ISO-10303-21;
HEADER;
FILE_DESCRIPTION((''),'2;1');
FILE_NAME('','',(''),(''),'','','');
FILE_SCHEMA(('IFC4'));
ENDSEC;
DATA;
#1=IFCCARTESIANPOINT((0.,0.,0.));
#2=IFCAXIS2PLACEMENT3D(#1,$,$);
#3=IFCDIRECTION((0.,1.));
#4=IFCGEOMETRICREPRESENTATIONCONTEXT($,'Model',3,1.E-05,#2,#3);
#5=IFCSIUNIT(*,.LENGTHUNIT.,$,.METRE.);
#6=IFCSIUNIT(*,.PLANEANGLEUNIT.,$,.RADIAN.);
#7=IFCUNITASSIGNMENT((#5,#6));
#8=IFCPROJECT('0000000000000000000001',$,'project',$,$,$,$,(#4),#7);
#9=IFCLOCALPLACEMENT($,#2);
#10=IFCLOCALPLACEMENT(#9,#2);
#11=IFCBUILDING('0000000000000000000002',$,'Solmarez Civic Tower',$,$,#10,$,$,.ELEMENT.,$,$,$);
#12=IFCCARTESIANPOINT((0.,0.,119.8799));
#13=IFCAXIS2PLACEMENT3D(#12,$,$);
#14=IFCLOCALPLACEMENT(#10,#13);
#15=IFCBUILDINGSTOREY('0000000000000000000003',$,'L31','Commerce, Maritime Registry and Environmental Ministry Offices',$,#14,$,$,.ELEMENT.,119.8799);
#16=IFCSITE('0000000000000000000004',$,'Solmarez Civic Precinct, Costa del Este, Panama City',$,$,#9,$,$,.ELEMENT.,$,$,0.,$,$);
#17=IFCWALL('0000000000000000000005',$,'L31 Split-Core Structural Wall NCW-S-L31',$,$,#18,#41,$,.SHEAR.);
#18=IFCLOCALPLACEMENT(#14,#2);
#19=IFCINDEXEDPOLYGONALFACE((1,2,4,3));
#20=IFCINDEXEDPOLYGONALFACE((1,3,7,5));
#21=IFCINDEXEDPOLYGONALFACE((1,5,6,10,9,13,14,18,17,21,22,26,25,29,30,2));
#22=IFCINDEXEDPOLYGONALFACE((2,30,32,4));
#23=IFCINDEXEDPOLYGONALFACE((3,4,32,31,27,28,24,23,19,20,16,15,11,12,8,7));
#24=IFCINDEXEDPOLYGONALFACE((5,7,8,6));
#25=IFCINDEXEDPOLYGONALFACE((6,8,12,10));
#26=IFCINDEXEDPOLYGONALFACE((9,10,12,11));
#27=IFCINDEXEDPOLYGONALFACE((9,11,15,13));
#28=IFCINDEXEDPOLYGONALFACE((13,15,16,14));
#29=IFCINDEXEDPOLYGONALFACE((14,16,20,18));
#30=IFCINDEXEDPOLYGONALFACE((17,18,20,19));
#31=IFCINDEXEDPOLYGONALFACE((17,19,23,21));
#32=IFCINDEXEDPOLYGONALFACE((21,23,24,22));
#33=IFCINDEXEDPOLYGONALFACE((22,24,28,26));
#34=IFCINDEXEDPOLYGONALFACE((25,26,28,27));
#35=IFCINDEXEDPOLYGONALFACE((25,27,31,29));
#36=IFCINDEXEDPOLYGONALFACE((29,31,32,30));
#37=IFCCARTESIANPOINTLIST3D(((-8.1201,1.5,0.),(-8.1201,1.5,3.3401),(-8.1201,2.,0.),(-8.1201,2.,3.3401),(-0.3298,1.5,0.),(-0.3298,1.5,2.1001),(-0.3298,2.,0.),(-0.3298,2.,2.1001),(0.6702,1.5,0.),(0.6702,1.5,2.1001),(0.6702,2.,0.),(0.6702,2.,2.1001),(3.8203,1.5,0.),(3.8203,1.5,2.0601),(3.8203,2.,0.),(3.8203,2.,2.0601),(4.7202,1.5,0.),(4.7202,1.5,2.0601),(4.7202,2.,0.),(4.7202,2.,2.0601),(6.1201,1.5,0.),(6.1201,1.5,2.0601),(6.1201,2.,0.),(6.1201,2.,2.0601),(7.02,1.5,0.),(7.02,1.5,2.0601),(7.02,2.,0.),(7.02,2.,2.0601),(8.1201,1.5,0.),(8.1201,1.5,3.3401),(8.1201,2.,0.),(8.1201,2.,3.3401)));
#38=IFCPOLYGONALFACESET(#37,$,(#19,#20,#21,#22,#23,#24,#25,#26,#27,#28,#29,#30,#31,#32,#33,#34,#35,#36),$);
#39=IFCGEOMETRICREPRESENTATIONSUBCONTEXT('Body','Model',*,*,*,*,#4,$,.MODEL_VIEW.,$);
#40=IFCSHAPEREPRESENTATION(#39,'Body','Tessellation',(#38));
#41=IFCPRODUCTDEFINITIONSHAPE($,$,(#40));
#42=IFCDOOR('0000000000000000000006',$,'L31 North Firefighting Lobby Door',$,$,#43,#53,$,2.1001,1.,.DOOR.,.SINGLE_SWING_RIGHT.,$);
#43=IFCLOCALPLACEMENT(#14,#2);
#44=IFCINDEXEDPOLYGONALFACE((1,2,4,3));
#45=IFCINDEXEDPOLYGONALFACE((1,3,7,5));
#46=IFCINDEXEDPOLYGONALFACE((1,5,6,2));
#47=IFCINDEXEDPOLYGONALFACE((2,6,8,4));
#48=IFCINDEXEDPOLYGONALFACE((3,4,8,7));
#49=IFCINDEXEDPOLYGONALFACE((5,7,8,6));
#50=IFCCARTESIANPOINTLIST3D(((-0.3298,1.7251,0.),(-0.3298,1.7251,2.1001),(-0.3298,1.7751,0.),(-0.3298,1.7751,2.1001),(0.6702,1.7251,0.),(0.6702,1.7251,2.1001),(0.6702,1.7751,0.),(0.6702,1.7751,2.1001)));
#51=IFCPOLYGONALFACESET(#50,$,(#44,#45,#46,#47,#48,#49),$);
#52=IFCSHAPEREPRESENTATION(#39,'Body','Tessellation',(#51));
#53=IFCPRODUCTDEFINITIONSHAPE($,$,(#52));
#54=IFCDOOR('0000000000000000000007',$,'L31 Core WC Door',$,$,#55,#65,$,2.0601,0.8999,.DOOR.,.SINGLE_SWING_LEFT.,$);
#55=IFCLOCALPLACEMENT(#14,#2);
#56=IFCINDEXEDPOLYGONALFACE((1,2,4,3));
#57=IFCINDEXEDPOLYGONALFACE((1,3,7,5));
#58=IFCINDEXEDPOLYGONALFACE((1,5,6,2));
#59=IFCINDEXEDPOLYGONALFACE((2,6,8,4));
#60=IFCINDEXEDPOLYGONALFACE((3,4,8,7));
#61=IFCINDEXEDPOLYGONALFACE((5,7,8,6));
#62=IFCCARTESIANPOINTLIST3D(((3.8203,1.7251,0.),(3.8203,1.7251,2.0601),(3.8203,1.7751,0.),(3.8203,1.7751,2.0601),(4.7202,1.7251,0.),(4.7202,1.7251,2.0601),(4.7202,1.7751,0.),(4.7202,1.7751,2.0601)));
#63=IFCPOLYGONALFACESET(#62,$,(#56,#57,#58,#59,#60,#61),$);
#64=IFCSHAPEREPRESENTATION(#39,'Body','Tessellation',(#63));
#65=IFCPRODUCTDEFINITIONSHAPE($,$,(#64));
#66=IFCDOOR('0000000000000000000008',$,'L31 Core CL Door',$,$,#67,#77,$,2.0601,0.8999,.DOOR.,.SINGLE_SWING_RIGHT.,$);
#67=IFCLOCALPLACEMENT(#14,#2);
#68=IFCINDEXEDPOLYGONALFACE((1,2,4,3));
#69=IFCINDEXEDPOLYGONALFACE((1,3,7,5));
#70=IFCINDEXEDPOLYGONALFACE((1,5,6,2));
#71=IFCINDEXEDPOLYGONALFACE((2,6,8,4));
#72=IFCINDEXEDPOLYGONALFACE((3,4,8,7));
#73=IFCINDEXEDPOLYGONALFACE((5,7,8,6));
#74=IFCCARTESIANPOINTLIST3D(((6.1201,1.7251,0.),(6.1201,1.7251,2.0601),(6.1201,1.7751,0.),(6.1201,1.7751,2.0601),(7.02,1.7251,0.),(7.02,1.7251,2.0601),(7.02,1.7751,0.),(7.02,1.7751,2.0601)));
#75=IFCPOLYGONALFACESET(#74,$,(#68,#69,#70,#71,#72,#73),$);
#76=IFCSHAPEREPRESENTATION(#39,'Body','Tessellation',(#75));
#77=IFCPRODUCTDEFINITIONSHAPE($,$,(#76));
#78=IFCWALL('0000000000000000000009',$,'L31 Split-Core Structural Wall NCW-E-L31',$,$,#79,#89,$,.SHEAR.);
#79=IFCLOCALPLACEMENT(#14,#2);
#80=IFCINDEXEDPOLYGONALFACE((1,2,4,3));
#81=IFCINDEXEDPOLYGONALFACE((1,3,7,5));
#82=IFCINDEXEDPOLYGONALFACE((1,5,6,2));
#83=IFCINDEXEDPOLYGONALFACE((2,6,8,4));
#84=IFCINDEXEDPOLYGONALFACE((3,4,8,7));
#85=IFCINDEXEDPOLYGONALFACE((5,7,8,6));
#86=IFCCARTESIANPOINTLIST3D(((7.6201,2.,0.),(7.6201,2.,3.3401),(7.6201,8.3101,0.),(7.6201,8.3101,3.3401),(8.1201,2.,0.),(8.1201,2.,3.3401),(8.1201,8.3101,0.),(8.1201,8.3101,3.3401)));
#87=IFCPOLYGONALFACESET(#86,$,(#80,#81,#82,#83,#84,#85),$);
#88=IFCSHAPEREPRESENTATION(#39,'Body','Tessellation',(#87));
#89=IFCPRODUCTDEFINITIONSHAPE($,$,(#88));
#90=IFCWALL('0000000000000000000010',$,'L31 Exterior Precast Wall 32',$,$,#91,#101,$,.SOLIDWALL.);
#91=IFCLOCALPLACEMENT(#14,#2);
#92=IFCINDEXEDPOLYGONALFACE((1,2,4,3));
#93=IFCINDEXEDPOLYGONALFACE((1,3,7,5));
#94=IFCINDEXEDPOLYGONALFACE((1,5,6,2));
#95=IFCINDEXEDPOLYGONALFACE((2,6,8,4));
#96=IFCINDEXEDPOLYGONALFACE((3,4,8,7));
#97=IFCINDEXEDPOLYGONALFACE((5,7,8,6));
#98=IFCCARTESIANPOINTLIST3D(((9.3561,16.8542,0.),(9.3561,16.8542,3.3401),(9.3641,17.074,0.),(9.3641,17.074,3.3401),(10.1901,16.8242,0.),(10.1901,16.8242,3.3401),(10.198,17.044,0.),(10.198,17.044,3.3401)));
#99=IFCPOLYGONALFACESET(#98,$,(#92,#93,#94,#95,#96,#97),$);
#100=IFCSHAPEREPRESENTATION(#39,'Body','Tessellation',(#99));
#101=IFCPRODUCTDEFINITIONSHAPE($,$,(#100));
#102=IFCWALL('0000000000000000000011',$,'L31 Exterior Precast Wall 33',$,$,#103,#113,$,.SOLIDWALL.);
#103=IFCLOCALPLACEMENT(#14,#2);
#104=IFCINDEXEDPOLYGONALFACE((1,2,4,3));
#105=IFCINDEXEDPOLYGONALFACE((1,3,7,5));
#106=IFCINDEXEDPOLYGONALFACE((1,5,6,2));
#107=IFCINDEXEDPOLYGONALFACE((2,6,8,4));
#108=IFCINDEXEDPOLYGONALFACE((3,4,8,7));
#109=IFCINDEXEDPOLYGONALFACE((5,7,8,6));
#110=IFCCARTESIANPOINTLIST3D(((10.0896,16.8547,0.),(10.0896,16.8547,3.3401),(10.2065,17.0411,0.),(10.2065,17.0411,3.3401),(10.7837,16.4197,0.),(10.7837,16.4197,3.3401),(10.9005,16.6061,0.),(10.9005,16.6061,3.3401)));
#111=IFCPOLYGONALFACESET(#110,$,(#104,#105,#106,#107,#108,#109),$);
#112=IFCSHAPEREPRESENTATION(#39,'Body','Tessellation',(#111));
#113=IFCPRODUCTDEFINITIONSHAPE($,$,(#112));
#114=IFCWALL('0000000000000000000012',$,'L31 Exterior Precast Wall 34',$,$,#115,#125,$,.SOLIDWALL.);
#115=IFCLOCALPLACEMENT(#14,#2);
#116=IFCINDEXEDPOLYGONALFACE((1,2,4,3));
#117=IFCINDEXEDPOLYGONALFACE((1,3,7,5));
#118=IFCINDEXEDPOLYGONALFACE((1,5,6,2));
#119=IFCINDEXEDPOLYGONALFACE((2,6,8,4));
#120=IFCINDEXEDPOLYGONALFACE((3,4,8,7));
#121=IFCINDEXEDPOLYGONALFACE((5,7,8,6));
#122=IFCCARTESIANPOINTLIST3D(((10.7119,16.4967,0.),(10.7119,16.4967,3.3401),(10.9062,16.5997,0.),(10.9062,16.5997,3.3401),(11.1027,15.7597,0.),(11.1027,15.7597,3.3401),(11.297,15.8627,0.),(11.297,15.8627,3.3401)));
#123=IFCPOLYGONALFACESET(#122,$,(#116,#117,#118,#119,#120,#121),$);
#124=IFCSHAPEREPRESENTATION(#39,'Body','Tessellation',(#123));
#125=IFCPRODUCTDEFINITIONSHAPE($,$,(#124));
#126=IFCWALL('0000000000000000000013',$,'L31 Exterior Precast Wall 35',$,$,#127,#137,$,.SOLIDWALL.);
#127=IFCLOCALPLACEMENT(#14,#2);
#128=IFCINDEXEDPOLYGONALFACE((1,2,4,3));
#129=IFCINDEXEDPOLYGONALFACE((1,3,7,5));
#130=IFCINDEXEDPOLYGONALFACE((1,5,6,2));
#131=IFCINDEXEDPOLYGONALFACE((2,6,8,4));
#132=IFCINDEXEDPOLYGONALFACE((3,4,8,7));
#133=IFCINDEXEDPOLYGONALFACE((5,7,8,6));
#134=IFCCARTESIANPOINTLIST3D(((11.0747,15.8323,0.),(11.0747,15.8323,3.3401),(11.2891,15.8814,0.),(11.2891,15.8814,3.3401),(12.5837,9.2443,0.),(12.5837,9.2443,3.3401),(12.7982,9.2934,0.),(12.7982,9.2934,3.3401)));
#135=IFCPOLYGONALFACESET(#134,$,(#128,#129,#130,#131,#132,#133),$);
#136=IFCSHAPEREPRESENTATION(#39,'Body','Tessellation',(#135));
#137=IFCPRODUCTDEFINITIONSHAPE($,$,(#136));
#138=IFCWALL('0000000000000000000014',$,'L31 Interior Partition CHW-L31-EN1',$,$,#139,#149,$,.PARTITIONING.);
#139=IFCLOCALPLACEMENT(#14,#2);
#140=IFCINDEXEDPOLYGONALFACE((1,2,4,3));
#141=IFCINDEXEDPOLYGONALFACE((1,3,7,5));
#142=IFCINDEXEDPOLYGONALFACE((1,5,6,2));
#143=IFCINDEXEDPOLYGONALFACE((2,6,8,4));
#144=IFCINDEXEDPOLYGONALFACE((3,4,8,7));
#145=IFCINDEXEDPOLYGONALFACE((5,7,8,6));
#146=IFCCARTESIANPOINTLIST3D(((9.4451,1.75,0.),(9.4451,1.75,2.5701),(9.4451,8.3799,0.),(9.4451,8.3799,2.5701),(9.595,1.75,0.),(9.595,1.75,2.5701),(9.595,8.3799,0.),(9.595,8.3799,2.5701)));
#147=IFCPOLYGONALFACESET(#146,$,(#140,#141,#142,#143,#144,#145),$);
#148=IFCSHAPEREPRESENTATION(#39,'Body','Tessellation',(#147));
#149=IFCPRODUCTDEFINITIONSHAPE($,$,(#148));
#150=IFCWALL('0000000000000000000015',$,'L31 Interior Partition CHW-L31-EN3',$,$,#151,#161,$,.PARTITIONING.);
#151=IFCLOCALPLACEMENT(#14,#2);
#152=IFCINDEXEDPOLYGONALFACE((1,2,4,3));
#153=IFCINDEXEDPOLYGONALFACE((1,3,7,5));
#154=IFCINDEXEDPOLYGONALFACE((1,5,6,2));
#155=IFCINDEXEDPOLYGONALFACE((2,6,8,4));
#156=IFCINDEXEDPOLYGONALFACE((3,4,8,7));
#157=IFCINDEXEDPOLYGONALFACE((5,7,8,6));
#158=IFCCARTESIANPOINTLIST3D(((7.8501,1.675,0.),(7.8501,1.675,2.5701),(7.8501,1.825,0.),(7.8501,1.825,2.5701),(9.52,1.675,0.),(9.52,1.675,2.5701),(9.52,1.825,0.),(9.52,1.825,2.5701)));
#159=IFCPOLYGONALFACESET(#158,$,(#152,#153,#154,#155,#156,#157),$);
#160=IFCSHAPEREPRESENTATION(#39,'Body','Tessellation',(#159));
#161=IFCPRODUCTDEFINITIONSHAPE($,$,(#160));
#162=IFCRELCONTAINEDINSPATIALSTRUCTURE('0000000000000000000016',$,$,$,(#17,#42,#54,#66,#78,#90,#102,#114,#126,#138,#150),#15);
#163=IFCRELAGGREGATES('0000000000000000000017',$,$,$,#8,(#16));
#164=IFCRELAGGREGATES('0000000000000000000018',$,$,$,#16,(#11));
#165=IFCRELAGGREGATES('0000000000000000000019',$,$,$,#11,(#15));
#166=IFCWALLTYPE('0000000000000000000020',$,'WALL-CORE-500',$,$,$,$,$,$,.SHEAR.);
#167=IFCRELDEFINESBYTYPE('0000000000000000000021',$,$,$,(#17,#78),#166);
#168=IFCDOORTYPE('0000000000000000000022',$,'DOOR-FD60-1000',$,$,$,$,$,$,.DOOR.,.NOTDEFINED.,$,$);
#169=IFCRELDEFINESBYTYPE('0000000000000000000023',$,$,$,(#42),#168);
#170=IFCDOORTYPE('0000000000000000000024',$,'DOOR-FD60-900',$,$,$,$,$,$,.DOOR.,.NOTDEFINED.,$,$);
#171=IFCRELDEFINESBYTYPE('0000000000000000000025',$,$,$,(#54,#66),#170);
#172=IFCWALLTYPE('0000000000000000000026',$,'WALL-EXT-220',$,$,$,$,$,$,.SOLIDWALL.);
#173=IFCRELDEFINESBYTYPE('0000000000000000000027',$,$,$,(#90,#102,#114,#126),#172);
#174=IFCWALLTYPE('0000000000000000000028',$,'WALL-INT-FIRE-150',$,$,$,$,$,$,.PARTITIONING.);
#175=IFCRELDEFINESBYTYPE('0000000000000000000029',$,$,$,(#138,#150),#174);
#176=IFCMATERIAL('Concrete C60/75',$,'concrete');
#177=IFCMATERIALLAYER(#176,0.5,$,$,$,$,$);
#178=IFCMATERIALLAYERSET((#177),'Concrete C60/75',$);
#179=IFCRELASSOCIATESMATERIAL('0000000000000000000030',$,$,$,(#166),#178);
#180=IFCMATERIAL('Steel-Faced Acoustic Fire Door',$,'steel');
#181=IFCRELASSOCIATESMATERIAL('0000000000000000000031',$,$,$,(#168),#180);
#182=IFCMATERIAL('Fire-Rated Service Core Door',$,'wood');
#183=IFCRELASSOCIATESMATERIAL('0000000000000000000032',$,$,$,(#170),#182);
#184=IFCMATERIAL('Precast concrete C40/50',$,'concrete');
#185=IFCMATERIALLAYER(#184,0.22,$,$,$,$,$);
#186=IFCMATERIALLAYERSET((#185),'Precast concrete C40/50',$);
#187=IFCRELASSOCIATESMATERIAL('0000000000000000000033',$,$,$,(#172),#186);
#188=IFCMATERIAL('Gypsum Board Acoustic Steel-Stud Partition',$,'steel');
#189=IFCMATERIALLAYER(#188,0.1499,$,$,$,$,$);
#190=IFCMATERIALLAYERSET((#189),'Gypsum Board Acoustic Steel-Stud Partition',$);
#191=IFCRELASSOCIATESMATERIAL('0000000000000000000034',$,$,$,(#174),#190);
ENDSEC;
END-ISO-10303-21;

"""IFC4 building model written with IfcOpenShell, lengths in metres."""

from ifc_helpers import new_model, si_unit, direction, frame, frame_2d, origin, place, context, subcontext, project, spatial, rectangle, extrude, material, layer, layer_set, type_object, element, fill, save


model = new_model("IFC4")

# Units and contexts
model_context = context("Model", 3, precision=1e-05, world=origin(), true_north=direction((0.0, 1.0)))
body_context = subcontext(model_context, "Body", "Model", "MODEL_VIEW")
ifc_project = project(units=[si_unit("LENGTHUNIT", "METRE"), si_unit("PLANEANGLEUNIT", "RADIAN")], contexts=[model_context])

# Site, building, storey
site_placement = place(None, origin())
site = spatial("IfcSite", under=ifc_project, at=site_placement, Name="Solmarez Civic Precinct, Costa del Este, Panama City", CompositionType="ELEMENT", RefElevation=0.0)
building_placement = place(site_placement, origin())
building = spatial("IfcBuilding", under=site, at=building_placement, Name="Solmarez Civic Tower", CompositionType="ELEMENT")
storey_placement = place(building_placement, frame((0.0, 0.0, 119.8799)))
storey = spatial("IfcBuildingStorey", under=building, at=storey_placement, Name="L31", Description="Commerce, Maritime Registry and Environmental Ministry Offices", CompositionType="ELEMENT", Elevation=119.8799)

# Wall, openings, doors
ifc_material_1 = material(Name="Concrete C60/75", Category="concrete")
ifc_layer_1 = layer(ifc_material_1, 0.5)
ifc_layer_set_1 = layer_set([ifc_layer_1], Name="Concrete C60/75")
wall_type_1 = type_object("IfcWallType", Name="WALL-CORE-500", PredefinedType="SHEAR", material=ifc_layer_set_1)
wall_1_placement = place(storey_placement, frame((8.1201, 1.75, 0.0), z_axis=(0.0, 0.0, 1.0), x_axis=(-1.0, 0.0, 0.0)))
wall_1 = element("IfcWall", 1, at=wall_1_placement, inside=storey, type_object=wall_type_1, Name="L31 Split-Core Structural Wall NCW-S-L31", PredefinedType="SHEAR", context=body_context, shape_type="SweptSolid", body=[
    extrude(rectangle(XDim=16.2402, YDim=0.5, at=frame_2d((8.1201, 0.0))), origin(), (0.0, 0.0, 1.0), 3.3401),
])
opening_1_placement = place(wall_1_placement, frame((7.45, 0.0, 0.0)))
opening_1 = element("IfcOpeningElement", 2, at=opening_1_placement, cuts=wall_1, PredefinedType="OPENING", context=body_context, shape_type="SweptSolid", body=[
    extrude(rectangle(XDim=1.0, YDim=2.1001, at=frame_2d((0.5, 1.05))), frame((0.0, 0.26, 0.0), z_axis=(0.0, -1.0, 0.0), x_axis=(1.0, 0.0, 0.0)), (0.0, 0.0, 1.0), 0.52),
])
opening_2_placement = place(wall_1_placement, frame((3.3999, 0.0, 0.0)))
opening_2 = element("IfcOpeningElement", 3, at=opening_2_placement, cuts=wall_1, PredefinedType="OPENING", context=body_context, shape_type="SweptSolid", body=[
    extrude(rectangle(XDim=0.8999, YDim=2.0601, at=frame_2d((0.45, 1.03))), frame((0.0, 0.26, 0.0), z_axis=(0.0, -1.0, 0.0), x_axis=(1.0, 0.0, 0.0)), (0.0, 0.0, 1.0), 0.52),
])
opening_3_placement = place(wall_1_placement, frame((1.1001, 0.0, 0.0)))
opening_3 = element("IfcOpeningElement", 4, at=opening_3_placement, cuts=wall_1, PredefinedType="OPENING", context=body_context, shape_type="SweptSolid", body=[
    extrude(rectangle(XDim=0.8999, YDim=2.0601, at=frame_2d((0.45, 1.03))), frame((0.0, 0.26, 0.0), z_axis=(0.0, -1.0, 0.0), x_axis=(1.0, 0.0, 0.0)), (0.0, 0.0, 1.0), 0.52),
])
ifc_material_2 = material(Name="Steel-Faced Acoustic Fire Door", Category="steel")
door_type_1 = type_object("IfcDoorType", Name="DOOR-FD60-1000", OperationType="NOTDEFINED", PredefinedType="DOOR", material=ifc_material_2)
door_1_placement = place(opening_1_placement, origin())
door_1 = element("IfcDoor", 5, at=door_1_placement, inside=storey, type_object=door_type_1, Name="L31 North Firefighting Lobby Door", OperationType="SINGLE_SWING_RIGHT", OverallHeight=2.1001, OverallWidth=1.0, PredefinedType="DOOR", context=body_context, shape_type="SweptSolid", body=[
    extrude(rectangle(XDim=1.0, YDim=2.1001, at=frame_2d((0.5, 1.05))), frame((0.0, 0.0249, 0.0), z_axis=(0.0, -1.0, 0.0), x_axis=(1.0, 0.0, 0.0)), (0.0, 0.0, 1.0), 0.05),
])
fill(opening_1, door_1)
ifc_material_3 = material(Name="Fire-Rated Service Core Door", Category="wood")
door_type_2 = type_object("IfcDoorType", Name="DOOR-FD60-900", OperationType="NOTDEFINED", PredefinedType="DOOR", material=ifc_material_3)
door_2_placement = place(opening_2_placement, origin())
door_2 = element("IfcDoor", 6, at=door_2_placement, inside=storey, type_object=door_type_2, Name="L31 Core WC Door", OperationType="SINGLE_SWING_LEFT", OverallHeight=2.0601, OverallWidth=0.8999, PredefinedType="DOOR", context=body_context, shape_type="SweptSolid", body=[
    extrude(rectangle(XDim=0.8999, YDim=2.0601, at=frame_2d((0.45, 1.03))), frame((0.0, 0.0249, 0.0), z_axis=(0.0, -1.0, 0.0), x_axis=(1.0, 0.0, 0.0)), (0.0, 0.0, 1.0), 0.05),
])
fill(opening_2, door_2)
door_3_placement = place(opening_3_placement, origin())
door_3 = element("IfcDoor", 7, at=door_3_placement, inside=storey, type_object=door_type_2, Name="L31 Core CL Door", OperationType="SINGLE_SWING_RIGHT", OverallHeight=2.0601, OverallWidth=0.8999, PredefinedType="DOOR", context=body_context, shape_type="SweptSolid", body=[
    extrude(rectangle(XDim=0.8999, YDim=2.0601, at=frame_2d((0.45, 1.03))), frame((0.0, 0.0249, 0.0), z_axis=(0.0, -1.0, 0.0), x_axis=(1.0, 0.0, 0.0)), (0.0, 0.0, 1.0), 0.05),
])
fill(opening_3, door_3)

# Walls
wall_2_placement = place(storey_placement, frame((7.8701, 8.3101, 0.0), z_axis=(0.0, 0.0, 1.0), x_axis=(0.0, -1.0, 0.0)))
element("IfcWall", 8, at=wall_2_placement, inside=storey, type_object=wall_type_1, Name="L31 Split-Core Structural Wall NCW-E-L31", PredefinedType="SHEAR", context=body_context, shape_type="SweptSolid", body=[
    extrude(rectangle(XDim=6.3101, YDim=0.5, at=frame_2d((3.155, 0.0))), origin(), (0.0, 0.0, 1.0), 3.3401),
])
ifc_material_4 = material(Name="Precast concrete C40/50", Category="concrete")
ifc_layer_2 = layer(ifc_material_4, 0.22)
ifc_layer_set_2 = layer_set([ifc_layer_2], Name="Precast concrete C40/50")
wall_type_2 = type_object("IfcWallType", Name="WALL-EXT-220", PredefinedType="SOLIDWALL", material=ifc_layer_set_2)
wall_3_placement = place(storey_placement, frame((9.3601, 16.9641, 0.0), z_axis=(0.0, 0.0, 1.0), x_axis=(0.999352, -0.035984, 0.0)))
element("IfcWall", 9, at=wall_3_placement, inside=storey, type_object=wall_type_2, Name="L31 Exterior Precast Wall 32", PredefinedType="SOLIDWALL", context=body_context, shape_type="SweptSolid", body=[
    extrude(rectangle(XDim=0.8345, YDim=0.22, at=frame_2d((0.4172, 0.0))), origin(), (0.0, 0.0, 1.0), 3.3401),
])
wall_4_placement = place(storey_placement, frame((10.1479, 16.948, 0.0), z_axis=(0.0, 0.0, 1.0), x_axis=(0.847311, -0.531097, 0.0)))
element("IfcWall", 10, at=wall_4_placement, inside=storey, type_object=wall_type_2, Name="L31 Exterior Precast Wall 33", PredefinedType="SOLIDWALL", context=body_context, shape_type="SweptSolid", body=[
    extrude(rectangle(XDim=0.8191, YDim=0.22, at=frame_2d((0.4097, 0.0))), origin(), (0.0, 0.0, 1.0), 3.3401),
])
wall_5_placement = place(storey_placement, frame((10.8091, 16.5481, 0.0), z_axis=(0.0, 0.0, 1.0), x_axis=(0.468506, -0.88346, 0.0)))
element("IfcWall", 11, at=wall_5_placement, inside=storey, type_object=wall_type_2, Name="L31 Exterior Precast Wall 34", PredefinedType="SOLIDWALL", context=body_context, shape_type="SweptSolid", body=[
    extrude(rectangle(XDim=0.8342, YDim=0.22, at=frame_2d((0.417, 0.0))), origin(), (0.0, 0.0, 1.0), 3.3401),
])
wall_6_placement = place(storey_placement, frame((11.1819, 15.8569, 0.0), z_axis=(0.0, 0.0, 1.0), x_axis=(0.223279, -0.974755, 0.0)))
element("IfcWall", 12, at=wall_6_placement, inside=storey, type_object=wall_type_2, Name="L31 Exterior Precast Wall 35", PredefinedType="SOLIDWALL", context=body_context, shape_type="SweptSolid", body=[
    extrude(rectangle(XDim=6.7585, YDim=0.22, at=frame_2d((3.3794, 0.0))), origin(), (0.0, 0.0, 1.0), 3.3401),
])
ifc_material_5 = material(Name="Gypsum Board Acoustic Steel-Stud Partition", Category="steel")
ifc_layer_3 = layer(ifc_material_5, 0.1499)
ifc_layer_set_3 = layer_set([ifc_layer_3], Name="Gypsum Board Acoustic Steel-Stud Partition")
wall_type_3 = type_object("IfcWallType", Name="WALL-INT-FIRE-150", PredefinedType="PARTITIONING", material=ifc_layer_set_3)
wall_7_placement = place(storey_placement, frame((9.52, 1.75, 0.0), z_axis=(0.0, 0.0, 1.0), x_axis=(0.0, 1.0, 0.0)))
element("IfcWall", 13, at=wall_7_placement, inside=storey, type_object=wall_type_3, Name="L31 Interior Partition CHW-L31-EN1", PredefinedType="PARTITIONING", context=body_context, shape_type="SweptSolid", body=[
    extrude(rectangle(XDim=6.6299, YDim=0.1499, at=frame_2d((3.3149, 0.0))), origin(), (0.0, 0.0, 1.0), 2.5701),
])
wall_8_placement = place(storey_placement, frame((7.8501, 1.75, 0.0), z_axis=(0.0, 0.0, 1.0), x_axis=(1.0, 0.0, 0.0)))
element("IfcWall", 14, at=wall_8_placement, inside=storey, type_object=wall_type_3, Name="L31 Interior Partition CHW-L31-EN3", PredefinedType="PARTITIONING", context=body_context, shape_type="SweptSolid", body=[
    extrude(rectangle(XDim=1.6699, YDim=0.1499, at=frame_2d((0.835, 0.0))), origin(), (0.0, 0.0, 1.0), 2.5701),
])

save(model, "model.ifc")
